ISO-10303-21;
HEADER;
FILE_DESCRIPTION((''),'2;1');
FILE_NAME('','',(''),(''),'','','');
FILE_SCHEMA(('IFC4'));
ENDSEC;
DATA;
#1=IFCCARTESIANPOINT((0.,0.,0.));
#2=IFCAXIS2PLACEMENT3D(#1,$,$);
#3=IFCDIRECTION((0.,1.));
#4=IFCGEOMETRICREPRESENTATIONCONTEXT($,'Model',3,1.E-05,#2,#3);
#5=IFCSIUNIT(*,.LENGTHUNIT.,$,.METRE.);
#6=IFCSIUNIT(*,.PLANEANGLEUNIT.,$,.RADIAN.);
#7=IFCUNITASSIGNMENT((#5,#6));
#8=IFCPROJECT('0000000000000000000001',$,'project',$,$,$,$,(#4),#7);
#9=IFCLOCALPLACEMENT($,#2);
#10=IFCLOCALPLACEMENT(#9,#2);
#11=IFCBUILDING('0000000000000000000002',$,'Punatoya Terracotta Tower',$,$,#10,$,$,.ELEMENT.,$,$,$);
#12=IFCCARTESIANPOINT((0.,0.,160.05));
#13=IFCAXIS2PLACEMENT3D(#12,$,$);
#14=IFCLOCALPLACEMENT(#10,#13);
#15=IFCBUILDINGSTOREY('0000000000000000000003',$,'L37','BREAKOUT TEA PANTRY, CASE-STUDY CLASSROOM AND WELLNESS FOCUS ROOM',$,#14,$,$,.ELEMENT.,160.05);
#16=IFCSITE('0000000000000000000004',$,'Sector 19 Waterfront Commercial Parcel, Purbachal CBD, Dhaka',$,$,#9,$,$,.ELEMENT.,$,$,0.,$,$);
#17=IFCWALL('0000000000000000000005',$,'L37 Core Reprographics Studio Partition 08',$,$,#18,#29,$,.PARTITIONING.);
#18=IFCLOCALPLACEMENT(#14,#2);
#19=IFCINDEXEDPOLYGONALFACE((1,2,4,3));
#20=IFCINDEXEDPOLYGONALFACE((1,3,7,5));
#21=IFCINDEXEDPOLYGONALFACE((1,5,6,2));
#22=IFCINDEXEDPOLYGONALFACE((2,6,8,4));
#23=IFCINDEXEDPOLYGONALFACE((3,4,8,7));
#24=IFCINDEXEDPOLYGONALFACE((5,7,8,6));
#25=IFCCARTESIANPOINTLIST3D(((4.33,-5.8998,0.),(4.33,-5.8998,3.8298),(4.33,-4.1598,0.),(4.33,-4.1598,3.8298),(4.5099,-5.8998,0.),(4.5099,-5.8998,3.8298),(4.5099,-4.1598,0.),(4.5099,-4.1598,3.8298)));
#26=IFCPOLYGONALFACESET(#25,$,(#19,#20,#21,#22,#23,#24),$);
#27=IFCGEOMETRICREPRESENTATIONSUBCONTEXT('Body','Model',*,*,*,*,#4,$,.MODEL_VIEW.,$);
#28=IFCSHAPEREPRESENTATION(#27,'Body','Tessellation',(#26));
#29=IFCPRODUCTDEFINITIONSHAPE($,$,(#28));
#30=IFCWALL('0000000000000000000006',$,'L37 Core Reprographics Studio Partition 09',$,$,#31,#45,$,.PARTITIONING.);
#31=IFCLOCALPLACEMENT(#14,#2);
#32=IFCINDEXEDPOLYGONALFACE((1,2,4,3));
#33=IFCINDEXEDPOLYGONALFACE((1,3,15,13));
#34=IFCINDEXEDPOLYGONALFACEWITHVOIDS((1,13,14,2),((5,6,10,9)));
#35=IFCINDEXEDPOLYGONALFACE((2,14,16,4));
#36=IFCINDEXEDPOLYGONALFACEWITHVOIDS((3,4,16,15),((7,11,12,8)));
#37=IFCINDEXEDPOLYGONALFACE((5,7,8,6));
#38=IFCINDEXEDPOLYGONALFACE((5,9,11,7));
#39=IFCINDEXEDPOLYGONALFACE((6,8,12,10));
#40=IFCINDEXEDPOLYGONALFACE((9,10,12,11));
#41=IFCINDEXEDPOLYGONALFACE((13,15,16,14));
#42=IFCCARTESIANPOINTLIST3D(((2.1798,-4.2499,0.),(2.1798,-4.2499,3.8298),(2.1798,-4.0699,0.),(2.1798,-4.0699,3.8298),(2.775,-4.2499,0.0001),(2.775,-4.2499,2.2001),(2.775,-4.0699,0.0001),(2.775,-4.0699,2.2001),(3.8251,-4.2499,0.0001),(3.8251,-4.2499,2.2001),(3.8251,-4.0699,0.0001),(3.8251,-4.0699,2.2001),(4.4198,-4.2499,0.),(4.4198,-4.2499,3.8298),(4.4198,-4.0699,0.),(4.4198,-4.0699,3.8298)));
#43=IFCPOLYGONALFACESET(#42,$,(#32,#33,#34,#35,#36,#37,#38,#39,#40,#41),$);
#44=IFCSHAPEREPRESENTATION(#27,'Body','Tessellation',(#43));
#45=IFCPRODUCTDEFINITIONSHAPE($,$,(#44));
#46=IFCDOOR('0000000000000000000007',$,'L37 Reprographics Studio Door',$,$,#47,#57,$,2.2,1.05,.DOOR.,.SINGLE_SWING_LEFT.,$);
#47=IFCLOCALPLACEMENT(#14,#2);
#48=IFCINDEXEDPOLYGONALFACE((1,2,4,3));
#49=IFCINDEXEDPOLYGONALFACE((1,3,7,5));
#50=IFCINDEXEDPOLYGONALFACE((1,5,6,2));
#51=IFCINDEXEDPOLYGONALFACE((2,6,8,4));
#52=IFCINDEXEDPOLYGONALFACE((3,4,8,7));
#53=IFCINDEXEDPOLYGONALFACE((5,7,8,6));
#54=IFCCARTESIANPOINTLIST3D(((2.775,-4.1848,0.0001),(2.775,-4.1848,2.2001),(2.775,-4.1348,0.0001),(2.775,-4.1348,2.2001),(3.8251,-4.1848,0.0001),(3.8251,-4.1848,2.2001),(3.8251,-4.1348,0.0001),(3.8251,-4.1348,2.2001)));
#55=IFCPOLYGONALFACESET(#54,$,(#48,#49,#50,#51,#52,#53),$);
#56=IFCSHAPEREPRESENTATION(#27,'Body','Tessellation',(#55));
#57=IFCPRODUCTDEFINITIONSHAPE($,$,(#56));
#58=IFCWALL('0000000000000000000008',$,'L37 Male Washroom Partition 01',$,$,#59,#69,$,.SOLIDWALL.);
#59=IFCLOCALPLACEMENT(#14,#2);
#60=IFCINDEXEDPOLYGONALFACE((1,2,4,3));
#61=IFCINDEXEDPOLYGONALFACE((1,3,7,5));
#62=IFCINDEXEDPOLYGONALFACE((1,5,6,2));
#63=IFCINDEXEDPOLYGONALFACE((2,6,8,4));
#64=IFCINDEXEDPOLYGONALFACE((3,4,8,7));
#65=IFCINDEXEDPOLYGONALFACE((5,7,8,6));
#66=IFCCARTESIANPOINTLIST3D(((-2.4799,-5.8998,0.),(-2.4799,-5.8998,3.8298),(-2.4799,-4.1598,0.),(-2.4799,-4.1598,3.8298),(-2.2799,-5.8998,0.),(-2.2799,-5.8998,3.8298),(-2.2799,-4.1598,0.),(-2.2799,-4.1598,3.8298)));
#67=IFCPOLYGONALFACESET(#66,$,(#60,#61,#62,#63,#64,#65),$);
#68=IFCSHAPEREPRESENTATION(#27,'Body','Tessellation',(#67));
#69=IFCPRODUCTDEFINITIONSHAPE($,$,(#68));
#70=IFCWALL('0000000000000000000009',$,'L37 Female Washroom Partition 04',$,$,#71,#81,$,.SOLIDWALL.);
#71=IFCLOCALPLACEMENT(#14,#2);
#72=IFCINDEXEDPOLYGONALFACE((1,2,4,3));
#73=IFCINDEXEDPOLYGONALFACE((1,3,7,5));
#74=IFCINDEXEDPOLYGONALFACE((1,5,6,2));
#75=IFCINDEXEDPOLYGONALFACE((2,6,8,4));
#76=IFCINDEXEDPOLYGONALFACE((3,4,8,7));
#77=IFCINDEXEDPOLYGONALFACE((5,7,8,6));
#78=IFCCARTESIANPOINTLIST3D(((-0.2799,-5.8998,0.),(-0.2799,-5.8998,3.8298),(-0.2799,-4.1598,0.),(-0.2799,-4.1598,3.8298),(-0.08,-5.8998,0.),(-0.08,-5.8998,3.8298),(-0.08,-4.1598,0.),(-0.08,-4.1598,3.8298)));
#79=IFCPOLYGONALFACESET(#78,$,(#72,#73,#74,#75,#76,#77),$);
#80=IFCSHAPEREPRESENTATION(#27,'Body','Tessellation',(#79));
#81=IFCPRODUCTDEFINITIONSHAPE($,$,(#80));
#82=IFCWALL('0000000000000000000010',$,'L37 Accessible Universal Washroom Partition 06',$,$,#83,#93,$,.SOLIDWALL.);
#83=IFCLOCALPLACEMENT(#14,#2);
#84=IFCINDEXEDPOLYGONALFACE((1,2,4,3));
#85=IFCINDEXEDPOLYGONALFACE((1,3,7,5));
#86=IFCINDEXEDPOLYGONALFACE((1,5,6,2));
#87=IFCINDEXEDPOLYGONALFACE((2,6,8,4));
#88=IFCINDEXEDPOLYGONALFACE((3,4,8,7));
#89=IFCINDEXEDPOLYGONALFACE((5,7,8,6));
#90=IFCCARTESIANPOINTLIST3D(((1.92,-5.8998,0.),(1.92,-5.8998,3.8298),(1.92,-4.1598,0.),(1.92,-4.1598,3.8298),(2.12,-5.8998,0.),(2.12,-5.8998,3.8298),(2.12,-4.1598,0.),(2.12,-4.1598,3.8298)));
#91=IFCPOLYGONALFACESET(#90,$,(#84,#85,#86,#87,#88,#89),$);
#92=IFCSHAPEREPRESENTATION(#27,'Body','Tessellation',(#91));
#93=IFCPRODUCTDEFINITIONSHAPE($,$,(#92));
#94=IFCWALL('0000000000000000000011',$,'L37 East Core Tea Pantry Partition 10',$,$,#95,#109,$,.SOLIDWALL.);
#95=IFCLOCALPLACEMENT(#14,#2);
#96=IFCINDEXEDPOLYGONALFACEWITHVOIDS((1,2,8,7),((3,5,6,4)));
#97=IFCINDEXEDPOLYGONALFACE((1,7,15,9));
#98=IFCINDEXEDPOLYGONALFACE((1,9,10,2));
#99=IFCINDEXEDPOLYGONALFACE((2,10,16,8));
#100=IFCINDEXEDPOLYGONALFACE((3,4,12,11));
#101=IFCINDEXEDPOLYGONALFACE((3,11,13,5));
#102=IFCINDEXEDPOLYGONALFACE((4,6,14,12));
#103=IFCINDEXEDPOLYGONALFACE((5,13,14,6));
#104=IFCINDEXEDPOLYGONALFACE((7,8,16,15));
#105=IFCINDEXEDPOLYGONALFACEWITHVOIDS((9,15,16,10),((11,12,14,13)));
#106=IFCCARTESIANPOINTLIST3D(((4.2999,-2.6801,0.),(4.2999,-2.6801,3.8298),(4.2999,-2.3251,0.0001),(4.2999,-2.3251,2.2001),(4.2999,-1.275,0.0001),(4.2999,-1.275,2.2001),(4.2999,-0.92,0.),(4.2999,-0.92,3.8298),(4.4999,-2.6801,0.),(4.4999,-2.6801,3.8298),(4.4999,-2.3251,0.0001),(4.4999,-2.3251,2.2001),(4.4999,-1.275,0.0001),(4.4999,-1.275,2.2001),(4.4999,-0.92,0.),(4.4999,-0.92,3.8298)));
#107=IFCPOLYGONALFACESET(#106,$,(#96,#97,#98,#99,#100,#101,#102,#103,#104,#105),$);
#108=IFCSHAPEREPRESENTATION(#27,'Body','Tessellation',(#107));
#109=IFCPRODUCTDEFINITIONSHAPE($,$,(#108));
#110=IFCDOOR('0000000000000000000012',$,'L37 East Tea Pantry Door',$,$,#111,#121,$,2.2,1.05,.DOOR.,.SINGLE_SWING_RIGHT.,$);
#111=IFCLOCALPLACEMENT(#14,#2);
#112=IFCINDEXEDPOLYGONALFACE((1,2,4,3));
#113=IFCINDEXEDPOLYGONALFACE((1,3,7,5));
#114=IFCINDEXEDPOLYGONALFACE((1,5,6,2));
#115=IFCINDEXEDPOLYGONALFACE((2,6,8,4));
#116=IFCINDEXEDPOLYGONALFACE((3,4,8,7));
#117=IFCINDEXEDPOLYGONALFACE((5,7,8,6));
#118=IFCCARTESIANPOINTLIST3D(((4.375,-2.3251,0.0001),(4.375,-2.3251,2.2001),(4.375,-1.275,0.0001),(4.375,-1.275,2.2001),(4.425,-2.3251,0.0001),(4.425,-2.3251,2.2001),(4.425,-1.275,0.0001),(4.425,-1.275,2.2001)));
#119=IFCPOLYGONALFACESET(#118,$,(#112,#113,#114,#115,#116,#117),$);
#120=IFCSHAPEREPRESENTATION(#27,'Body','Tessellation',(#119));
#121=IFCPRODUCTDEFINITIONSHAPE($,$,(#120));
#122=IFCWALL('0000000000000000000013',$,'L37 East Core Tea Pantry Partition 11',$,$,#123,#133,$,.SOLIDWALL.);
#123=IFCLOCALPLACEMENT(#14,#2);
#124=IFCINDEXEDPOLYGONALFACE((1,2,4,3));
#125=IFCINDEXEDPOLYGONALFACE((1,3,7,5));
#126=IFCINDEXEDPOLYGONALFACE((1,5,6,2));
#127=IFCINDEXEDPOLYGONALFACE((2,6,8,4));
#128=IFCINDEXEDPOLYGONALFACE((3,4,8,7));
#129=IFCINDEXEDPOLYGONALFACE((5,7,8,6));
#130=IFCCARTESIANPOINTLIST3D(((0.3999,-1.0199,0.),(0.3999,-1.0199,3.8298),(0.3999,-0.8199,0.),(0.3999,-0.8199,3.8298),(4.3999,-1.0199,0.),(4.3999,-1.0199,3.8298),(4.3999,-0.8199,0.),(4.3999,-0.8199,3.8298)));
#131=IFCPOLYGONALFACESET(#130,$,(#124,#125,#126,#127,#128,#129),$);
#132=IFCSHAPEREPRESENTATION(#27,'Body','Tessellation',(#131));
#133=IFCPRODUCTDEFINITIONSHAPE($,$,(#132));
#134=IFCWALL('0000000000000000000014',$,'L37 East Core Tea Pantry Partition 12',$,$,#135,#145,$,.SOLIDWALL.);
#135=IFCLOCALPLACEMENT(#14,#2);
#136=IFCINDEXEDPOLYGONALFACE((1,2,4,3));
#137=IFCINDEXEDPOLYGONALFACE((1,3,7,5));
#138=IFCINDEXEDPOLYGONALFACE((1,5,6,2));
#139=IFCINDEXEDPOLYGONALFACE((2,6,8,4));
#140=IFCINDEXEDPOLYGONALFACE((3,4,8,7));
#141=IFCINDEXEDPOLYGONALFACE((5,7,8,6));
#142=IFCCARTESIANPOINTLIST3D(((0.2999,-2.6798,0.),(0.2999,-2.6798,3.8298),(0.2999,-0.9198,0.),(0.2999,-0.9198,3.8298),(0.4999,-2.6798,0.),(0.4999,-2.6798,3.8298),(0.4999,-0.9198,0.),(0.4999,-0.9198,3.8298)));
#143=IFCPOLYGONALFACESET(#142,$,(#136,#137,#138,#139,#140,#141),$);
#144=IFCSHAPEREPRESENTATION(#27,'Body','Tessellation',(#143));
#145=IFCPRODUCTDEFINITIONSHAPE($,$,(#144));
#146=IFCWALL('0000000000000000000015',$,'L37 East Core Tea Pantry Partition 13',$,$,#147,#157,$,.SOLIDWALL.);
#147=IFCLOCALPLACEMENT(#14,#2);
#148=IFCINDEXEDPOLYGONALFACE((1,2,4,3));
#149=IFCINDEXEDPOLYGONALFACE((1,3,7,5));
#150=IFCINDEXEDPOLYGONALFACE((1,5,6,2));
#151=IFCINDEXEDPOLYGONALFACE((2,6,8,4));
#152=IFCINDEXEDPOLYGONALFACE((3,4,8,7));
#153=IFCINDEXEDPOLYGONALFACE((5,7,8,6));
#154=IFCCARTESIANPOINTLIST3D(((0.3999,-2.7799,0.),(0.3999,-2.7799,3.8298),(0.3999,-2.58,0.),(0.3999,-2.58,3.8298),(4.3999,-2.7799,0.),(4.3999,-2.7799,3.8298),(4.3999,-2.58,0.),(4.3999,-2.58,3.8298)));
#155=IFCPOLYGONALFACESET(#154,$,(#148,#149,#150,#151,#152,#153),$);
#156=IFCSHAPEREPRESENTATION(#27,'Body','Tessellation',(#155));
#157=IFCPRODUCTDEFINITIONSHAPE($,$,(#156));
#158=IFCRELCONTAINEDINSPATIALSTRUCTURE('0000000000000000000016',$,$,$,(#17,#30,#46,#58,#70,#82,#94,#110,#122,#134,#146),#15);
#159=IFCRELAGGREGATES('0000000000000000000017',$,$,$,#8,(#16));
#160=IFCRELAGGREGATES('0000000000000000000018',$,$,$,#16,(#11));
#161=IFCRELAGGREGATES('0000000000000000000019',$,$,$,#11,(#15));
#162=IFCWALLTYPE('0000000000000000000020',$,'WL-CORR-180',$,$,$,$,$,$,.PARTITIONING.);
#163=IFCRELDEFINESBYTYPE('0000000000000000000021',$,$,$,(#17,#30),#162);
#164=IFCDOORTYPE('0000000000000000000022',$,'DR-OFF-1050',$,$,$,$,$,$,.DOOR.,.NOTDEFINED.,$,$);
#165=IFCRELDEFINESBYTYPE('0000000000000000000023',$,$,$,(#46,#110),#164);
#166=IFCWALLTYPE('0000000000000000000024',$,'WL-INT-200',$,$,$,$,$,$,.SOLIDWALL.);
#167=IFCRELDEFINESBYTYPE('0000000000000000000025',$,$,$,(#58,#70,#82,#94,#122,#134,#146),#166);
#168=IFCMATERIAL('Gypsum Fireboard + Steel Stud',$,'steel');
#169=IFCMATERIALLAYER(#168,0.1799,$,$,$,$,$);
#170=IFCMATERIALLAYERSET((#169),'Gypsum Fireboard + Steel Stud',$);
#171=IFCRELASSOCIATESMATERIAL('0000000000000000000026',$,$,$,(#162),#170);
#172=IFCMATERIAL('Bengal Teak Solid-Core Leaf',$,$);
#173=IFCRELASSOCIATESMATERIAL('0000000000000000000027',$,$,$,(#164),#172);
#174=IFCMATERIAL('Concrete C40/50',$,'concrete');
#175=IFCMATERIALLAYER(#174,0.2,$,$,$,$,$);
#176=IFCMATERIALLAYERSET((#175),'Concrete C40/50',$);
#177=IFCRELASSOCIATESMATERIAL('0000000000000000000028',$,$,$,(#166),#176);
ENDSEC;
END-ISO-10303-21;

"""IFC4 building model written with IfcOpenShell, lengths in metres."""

from ifc_helpers import new_model, si_unit, direction, frame, frame_2d, origin, place, context, subcontext, project, spatial, rectangle, extrude, material, layer, layer_set, type_object, element, fill, save


model = new_model("IFC4")

# Units and contexts
model_context = context("Model", 3, precision=1e-05, world=origin(), true_north=direction((0.0, 1.0)))
body_context = subcontext(model_context, "Body", "Model", "MODEL_VIEW")
ifc_project = project(units=[si_unit("LENGTHUNIT", "METRE"), si_unit("PLANEANGLEUNIT", "RADIAN")], contexts=[model_context])

# Site, building, storey
site_placement = place(None, origin())
site = spatial("IfcSite", under=ifc_project, at=site_placement, Name="Sector 19 Waterfront Commercial Parcel, Purbachal CBD, Dhaka", CompositionType="ELEMENT", RefElevation=0.0)
building_placement = place(site_placement, origin())
building = spatial("IfcBuilding", under=site, at=building_placement, Name="Punatoya Terracotta Tower", CompositionType="ELEMENT")
storey_placement = place(building_placement, frame((0.0, 0.0, 160.05)))
storey = spatial("IfcBuildingStorey", under=building, at=storey_placement, Name="L37", Description="BREAKOUT TEA PANTRY, CASE-STUDY CLASSROOM AND WELLNESS FOCUS ROOM", CompositionType="ELEMENT", Elevation=160.05)

# Shared definitions
ifc_material_1 = material(Name="Concrete C40/50", Category="concrete")

# Wall
ifc_material_2 = material(Name="Gypsum Fireboard + Steel Stud", Category="steel")
ifc_layer_1 = layer(ifc_material_2, 0.1799)
ifc_layer_set_1 = layer_set([ifc_layer_1], Name="Gypsum Fireboard + Steel Stud")
wall_type_1 = type_object("IfcWallType", Name="WL-CORR-180", PredefinedType="PARTITIONING", material=ifc_layer_set_1)
wall_1_placement = place(storey_placement, frame((4.4199, -5.8999, 0.0), z_axis=(0.0, 0.0, 1.0), x_axis=(0.0, 1.0, 0.0)))
element("IfcWall", 1, at=wall_1_placement, inside=storey, type_object=wall_type_1, Name="L37 Core Reprographics Studio Partition 08", PredefinedType="PARTITIONING", context=body_context, shape_type="SweptSolid", body=[
    extrude(rectangle(XDim=1.74, YDim=0.1799, at=frame_2d((0.8701, 0.0))), origin(), (0.0, 0.0, 1.0), 3.8298),
])

# Wall, opening, door
wall_2_placement = place(storey_placement, frame((4.4199, -4.1599, 0.0), z_axis=(0.0, 0.0, 1.0), x_axis=(-1.0, 0.0, 0.0)))
wall_2 = element("IfcWall", 2, at=wall_2_placement, inside=storey, type_object=wall_type_1, Name="L37 Core Reprographics Studio Partition 09", PredefinedType="PARTITIONING", context=body_context, shape_type="SweptSolid", body=[
    extrude(rectangle(XDim=2.24, YDim=0.1799, at=frame_2d((1.1201, 0.0))), origin(), (0.0, 0.0, 1.0), 3.8298),
])
opening_1_placement = place(wall_2_placement, frame((0.595, 0.0, 0.0)))
opening_1 = element("IfcOpeningElement", 3, at=opening_1_placement, cuts=wall_2, PredefinedType="OPENING", context=body_context, shape_type="SweptSolid", body=[
    extrude(rectangle(XDim=1.05, YDim=2.2, at=frame_2d((0.5249, 1.1001))), frame((0.0, 0.0999, 0.0), z_axis=(0.0, -1.0, 0.0), x_axis=(1.0, 0.0, 0.0)), (0.0, 0.0, 1.0), 0.2),
])
ifc_material_3 = material(Name="Bengal Teak Solid-Core Leaf")
door_type_1 = type_object("IfcDoorType", Name="DR-OFF-1050", OperationType="NOTDEFINED", PredefinedType="DOOR", material=ifc_material_3)
door_1_placement = place(opening_1_placement, origin())
door_1 = element("IfcDoor", 4, at=door_1_placement, inside=storey, type_object=door_type_1, Name="L37 Reprographics Studio Door", OperationType="SINGLE_SWING_LEFT", OverallHeight=2.2, OverallWidth=1.05, PredefinedType="DOOR", context=body_context, shape_type="SweptSolid", body=[
    extrude(rectangle(XDim=1.05, YDim=2.2, at=frame_2d((0.5249, 1.1001))), frame((0.0, 0.0249, 0.0), z_axis=(0.0, -1.0, 0.0), x_axis=(1.0, 0.0, 0.0)), (0.0, 0.0, 1.0), 0.05),
])
fill(opening_1, door_1)

# Wall
ifc_layer_2 = layer(ifc_material_1, 0.2)
ifc_layer_set_2 = layer_set([ifc_layer_2], Name="Concrete C40/50")
wall_type_2 = type_object("IfcWallType", Name="WL-INT-200", PredefinedType="SOLIDWALL", material=ifc_layer_set_2)
wall_3_placement = place(storey_placement, frame((-2.3799, -5.8999, 0.0), z_axis=(0.0, 0.0, 1.0), x_axis=(0.0, 1.0, 0.0)))
element("IfcWall", 5, at=wall_3_placement, inside=storey, type_object=wall_type_2, Name="L37 Male Washroom Partition 01", PredefinedType="SOLIDWALL", context=body_context, shape_type="SweptSolid", body=[
    extrude(rectangle(XDim=1.74, YDim=0.2, at=frame_2d((0.8701, 0.0))), origin(), (0.0, 0.0, 1.0), 3.8298),
])

# Wall
wall_4_placement = place(storey_placement, frame((-0.1799, -5.8999, 0.0), z_axis=(0.0, 0.0, 1.0), x_axis=(0.0, 1.0, 0.0)))
element("IfcWall", 6, at=wall_4_placement, inside=storey, type_object=wall_type_2, Name="L37 Female Washroom Partition 04", PredefinedType="SOLIDWALL", context=body_context, shape_type="SweptSolid", body=[
    extrude(rectangle(XDim=1.74, YDim=0.2, at=frame_2d((0.8701, 0.0))), origin(), (0.0, 0.0, 1.0), 3.8298),
])

# Wall
wall_5_placement = place(storey_placement, frame((2.02, -5.8999, 0.0), z_axis=(0.0, 0.0, 1.0), x_axis=(0.0, 1.0, 0.0)))
element("IfcWall", 7, at=wall_5_placement, inside=storey, type_object=wall_type_2, Name="L37 Accessible Universal Washroom Partition 06", PredefinedType="SOLIDWALL", context=body_context, shape_type="SweptSolid", body=[
    extrude(rectangle(XDim=1.74, YDim=0.2, at=frame_2d((0.8701, 0.0))), origin(), (0.0, 0.0, 1.0), 3.8298),
])

# Wall, opening, door
wall_6_placement = place(storey_placement, frame((4.3999, -2.6799, 0.0), z_axis=(0.0, 0.0, 1.0), x_axis=(0.0, 1.0, 0.0)))
wall_6 = element("IfcWall", 8, at=wall_6_placement, inside=storey, type_object=wall_type_2, Name="L37 East Core Tea Pantry Partition 10", PredefinedType="SOLIDWALL", context=body_context, shape_type="SweptSolid", body=[
    extrude(rectangle(XDim=1.76, YDim=0.2, at=frame_2d((0.8799, 0.0))), origin(), (0.0, 0.0, 1.0), 3.8298),
])
opening_2_placement = place(wall_6_placement, frame((0.355, 0.0, 0.0)))
opening_2 = element("IfcOpeningElement", 9, at=opening_2_placement, cuts=wall_6, PredefinedType="OPENING", context=body_context, shape_type="SweptSolid", body=[
    extrude(rectangle(XDim=1.05, YDim=2.2, at=frame_2d((0.5249, 1.1001))), frame((0.0, 0.1099, 0.0), z_axis=(0.0, -1.0, 0.0), x_axis=(1.0, 0.0, 0.0)), (0.0, 0.0, 1.0), 0.22),
])
door_2_placement = place(opening_2_placement, origin())
door_2 = element("IfcDoor", 10, at=door_2_placement, inside=storey, type_object=door_type_1, Name="L37 East Tea Pantry Door", OperationType="SINGLE_SWING_RIGHT", OverallHeight=2.2, OverallWidth=1.05, PredefinedType="DOOR", context=body_context, shape_type="SweptSolid", body=[
    extrude(rectangle(XDim=1.05, YDim=2.2, at=frame_2d((0.5249, 1.1001))), frame((0.0, 0.0249, 0.0), z_axis=(0.0, -1.0, 0.0), x_axis=(1.0, 0.0, 0.0)), (0.0, 0.0, 1.0), 0.05),
])
fill(opening_2, door_2)

# Walls
wall_7_placement = place(storey_placement, frame((4.3999, -0.9199, 0.0), z_axis=(0.0, 0.0, 1.0), x_axis=(-1.0, 0.0, 0.0)))
element("IfcWall", 11, at=wall_7_placement, inside=storey, type_object=wall_type_2, Name="L37 East Core Tea Pantry Partition 11", PredefinedType="SOLIDWALL", context=body_context, shape_type="SweptSolid", body=[
    extrude(rectangle(XDim=4.0, YDim=0.2, at=frame_2d((2.0, 0.0))), origin(), (0.0, 0.0, 1.0), 3.8298),
])
wall_8_placement = place(storey_placement, frame((0.3999, -0.9199, 0.0), z_axis=(0.0, 0.0, 1.0), x_axis=(0.0, -1.0, 0.0)))
element("IfcWall", 12, at=wall_8_placement, inside=storey, type_object=wall_type_2, Name="L37 East Core Tea Pantry Partition 12", PredefinedType="SOLIDWALL", context=body_context, shape_type="SweptSolid", body=[
    extrude(rectangle(XDim=1.76, YDim=0.2, at=frame_2d((0.8799, 0.0))), origin(), (0.0, 0.0, 1.0), 3.8298),
])
wall_9_placement = place(storey_placement, frame((0.3999, -2.6799, 0.0), z_axis=(0.0, 0.0, 1.0), x_axis=(1.0, 0.0, 0.0)))
element("IfcWall", 13, at=wall_9_placement, inside=storey, type_object=wall_type_2, Name="L37 East Core Tea Pantry Partition 13", PredefinedType="SOLIDWALL", context=body_context, shape_type="SweptSolid", body=[
    extrude(rectangle(XDim=4.0, YDim=0.2, at=frame_2d((2.0, 0.0))), origin(), (0.0, 0.0, 1.0), 3.8298),
])

save(model, "model.ifc")
